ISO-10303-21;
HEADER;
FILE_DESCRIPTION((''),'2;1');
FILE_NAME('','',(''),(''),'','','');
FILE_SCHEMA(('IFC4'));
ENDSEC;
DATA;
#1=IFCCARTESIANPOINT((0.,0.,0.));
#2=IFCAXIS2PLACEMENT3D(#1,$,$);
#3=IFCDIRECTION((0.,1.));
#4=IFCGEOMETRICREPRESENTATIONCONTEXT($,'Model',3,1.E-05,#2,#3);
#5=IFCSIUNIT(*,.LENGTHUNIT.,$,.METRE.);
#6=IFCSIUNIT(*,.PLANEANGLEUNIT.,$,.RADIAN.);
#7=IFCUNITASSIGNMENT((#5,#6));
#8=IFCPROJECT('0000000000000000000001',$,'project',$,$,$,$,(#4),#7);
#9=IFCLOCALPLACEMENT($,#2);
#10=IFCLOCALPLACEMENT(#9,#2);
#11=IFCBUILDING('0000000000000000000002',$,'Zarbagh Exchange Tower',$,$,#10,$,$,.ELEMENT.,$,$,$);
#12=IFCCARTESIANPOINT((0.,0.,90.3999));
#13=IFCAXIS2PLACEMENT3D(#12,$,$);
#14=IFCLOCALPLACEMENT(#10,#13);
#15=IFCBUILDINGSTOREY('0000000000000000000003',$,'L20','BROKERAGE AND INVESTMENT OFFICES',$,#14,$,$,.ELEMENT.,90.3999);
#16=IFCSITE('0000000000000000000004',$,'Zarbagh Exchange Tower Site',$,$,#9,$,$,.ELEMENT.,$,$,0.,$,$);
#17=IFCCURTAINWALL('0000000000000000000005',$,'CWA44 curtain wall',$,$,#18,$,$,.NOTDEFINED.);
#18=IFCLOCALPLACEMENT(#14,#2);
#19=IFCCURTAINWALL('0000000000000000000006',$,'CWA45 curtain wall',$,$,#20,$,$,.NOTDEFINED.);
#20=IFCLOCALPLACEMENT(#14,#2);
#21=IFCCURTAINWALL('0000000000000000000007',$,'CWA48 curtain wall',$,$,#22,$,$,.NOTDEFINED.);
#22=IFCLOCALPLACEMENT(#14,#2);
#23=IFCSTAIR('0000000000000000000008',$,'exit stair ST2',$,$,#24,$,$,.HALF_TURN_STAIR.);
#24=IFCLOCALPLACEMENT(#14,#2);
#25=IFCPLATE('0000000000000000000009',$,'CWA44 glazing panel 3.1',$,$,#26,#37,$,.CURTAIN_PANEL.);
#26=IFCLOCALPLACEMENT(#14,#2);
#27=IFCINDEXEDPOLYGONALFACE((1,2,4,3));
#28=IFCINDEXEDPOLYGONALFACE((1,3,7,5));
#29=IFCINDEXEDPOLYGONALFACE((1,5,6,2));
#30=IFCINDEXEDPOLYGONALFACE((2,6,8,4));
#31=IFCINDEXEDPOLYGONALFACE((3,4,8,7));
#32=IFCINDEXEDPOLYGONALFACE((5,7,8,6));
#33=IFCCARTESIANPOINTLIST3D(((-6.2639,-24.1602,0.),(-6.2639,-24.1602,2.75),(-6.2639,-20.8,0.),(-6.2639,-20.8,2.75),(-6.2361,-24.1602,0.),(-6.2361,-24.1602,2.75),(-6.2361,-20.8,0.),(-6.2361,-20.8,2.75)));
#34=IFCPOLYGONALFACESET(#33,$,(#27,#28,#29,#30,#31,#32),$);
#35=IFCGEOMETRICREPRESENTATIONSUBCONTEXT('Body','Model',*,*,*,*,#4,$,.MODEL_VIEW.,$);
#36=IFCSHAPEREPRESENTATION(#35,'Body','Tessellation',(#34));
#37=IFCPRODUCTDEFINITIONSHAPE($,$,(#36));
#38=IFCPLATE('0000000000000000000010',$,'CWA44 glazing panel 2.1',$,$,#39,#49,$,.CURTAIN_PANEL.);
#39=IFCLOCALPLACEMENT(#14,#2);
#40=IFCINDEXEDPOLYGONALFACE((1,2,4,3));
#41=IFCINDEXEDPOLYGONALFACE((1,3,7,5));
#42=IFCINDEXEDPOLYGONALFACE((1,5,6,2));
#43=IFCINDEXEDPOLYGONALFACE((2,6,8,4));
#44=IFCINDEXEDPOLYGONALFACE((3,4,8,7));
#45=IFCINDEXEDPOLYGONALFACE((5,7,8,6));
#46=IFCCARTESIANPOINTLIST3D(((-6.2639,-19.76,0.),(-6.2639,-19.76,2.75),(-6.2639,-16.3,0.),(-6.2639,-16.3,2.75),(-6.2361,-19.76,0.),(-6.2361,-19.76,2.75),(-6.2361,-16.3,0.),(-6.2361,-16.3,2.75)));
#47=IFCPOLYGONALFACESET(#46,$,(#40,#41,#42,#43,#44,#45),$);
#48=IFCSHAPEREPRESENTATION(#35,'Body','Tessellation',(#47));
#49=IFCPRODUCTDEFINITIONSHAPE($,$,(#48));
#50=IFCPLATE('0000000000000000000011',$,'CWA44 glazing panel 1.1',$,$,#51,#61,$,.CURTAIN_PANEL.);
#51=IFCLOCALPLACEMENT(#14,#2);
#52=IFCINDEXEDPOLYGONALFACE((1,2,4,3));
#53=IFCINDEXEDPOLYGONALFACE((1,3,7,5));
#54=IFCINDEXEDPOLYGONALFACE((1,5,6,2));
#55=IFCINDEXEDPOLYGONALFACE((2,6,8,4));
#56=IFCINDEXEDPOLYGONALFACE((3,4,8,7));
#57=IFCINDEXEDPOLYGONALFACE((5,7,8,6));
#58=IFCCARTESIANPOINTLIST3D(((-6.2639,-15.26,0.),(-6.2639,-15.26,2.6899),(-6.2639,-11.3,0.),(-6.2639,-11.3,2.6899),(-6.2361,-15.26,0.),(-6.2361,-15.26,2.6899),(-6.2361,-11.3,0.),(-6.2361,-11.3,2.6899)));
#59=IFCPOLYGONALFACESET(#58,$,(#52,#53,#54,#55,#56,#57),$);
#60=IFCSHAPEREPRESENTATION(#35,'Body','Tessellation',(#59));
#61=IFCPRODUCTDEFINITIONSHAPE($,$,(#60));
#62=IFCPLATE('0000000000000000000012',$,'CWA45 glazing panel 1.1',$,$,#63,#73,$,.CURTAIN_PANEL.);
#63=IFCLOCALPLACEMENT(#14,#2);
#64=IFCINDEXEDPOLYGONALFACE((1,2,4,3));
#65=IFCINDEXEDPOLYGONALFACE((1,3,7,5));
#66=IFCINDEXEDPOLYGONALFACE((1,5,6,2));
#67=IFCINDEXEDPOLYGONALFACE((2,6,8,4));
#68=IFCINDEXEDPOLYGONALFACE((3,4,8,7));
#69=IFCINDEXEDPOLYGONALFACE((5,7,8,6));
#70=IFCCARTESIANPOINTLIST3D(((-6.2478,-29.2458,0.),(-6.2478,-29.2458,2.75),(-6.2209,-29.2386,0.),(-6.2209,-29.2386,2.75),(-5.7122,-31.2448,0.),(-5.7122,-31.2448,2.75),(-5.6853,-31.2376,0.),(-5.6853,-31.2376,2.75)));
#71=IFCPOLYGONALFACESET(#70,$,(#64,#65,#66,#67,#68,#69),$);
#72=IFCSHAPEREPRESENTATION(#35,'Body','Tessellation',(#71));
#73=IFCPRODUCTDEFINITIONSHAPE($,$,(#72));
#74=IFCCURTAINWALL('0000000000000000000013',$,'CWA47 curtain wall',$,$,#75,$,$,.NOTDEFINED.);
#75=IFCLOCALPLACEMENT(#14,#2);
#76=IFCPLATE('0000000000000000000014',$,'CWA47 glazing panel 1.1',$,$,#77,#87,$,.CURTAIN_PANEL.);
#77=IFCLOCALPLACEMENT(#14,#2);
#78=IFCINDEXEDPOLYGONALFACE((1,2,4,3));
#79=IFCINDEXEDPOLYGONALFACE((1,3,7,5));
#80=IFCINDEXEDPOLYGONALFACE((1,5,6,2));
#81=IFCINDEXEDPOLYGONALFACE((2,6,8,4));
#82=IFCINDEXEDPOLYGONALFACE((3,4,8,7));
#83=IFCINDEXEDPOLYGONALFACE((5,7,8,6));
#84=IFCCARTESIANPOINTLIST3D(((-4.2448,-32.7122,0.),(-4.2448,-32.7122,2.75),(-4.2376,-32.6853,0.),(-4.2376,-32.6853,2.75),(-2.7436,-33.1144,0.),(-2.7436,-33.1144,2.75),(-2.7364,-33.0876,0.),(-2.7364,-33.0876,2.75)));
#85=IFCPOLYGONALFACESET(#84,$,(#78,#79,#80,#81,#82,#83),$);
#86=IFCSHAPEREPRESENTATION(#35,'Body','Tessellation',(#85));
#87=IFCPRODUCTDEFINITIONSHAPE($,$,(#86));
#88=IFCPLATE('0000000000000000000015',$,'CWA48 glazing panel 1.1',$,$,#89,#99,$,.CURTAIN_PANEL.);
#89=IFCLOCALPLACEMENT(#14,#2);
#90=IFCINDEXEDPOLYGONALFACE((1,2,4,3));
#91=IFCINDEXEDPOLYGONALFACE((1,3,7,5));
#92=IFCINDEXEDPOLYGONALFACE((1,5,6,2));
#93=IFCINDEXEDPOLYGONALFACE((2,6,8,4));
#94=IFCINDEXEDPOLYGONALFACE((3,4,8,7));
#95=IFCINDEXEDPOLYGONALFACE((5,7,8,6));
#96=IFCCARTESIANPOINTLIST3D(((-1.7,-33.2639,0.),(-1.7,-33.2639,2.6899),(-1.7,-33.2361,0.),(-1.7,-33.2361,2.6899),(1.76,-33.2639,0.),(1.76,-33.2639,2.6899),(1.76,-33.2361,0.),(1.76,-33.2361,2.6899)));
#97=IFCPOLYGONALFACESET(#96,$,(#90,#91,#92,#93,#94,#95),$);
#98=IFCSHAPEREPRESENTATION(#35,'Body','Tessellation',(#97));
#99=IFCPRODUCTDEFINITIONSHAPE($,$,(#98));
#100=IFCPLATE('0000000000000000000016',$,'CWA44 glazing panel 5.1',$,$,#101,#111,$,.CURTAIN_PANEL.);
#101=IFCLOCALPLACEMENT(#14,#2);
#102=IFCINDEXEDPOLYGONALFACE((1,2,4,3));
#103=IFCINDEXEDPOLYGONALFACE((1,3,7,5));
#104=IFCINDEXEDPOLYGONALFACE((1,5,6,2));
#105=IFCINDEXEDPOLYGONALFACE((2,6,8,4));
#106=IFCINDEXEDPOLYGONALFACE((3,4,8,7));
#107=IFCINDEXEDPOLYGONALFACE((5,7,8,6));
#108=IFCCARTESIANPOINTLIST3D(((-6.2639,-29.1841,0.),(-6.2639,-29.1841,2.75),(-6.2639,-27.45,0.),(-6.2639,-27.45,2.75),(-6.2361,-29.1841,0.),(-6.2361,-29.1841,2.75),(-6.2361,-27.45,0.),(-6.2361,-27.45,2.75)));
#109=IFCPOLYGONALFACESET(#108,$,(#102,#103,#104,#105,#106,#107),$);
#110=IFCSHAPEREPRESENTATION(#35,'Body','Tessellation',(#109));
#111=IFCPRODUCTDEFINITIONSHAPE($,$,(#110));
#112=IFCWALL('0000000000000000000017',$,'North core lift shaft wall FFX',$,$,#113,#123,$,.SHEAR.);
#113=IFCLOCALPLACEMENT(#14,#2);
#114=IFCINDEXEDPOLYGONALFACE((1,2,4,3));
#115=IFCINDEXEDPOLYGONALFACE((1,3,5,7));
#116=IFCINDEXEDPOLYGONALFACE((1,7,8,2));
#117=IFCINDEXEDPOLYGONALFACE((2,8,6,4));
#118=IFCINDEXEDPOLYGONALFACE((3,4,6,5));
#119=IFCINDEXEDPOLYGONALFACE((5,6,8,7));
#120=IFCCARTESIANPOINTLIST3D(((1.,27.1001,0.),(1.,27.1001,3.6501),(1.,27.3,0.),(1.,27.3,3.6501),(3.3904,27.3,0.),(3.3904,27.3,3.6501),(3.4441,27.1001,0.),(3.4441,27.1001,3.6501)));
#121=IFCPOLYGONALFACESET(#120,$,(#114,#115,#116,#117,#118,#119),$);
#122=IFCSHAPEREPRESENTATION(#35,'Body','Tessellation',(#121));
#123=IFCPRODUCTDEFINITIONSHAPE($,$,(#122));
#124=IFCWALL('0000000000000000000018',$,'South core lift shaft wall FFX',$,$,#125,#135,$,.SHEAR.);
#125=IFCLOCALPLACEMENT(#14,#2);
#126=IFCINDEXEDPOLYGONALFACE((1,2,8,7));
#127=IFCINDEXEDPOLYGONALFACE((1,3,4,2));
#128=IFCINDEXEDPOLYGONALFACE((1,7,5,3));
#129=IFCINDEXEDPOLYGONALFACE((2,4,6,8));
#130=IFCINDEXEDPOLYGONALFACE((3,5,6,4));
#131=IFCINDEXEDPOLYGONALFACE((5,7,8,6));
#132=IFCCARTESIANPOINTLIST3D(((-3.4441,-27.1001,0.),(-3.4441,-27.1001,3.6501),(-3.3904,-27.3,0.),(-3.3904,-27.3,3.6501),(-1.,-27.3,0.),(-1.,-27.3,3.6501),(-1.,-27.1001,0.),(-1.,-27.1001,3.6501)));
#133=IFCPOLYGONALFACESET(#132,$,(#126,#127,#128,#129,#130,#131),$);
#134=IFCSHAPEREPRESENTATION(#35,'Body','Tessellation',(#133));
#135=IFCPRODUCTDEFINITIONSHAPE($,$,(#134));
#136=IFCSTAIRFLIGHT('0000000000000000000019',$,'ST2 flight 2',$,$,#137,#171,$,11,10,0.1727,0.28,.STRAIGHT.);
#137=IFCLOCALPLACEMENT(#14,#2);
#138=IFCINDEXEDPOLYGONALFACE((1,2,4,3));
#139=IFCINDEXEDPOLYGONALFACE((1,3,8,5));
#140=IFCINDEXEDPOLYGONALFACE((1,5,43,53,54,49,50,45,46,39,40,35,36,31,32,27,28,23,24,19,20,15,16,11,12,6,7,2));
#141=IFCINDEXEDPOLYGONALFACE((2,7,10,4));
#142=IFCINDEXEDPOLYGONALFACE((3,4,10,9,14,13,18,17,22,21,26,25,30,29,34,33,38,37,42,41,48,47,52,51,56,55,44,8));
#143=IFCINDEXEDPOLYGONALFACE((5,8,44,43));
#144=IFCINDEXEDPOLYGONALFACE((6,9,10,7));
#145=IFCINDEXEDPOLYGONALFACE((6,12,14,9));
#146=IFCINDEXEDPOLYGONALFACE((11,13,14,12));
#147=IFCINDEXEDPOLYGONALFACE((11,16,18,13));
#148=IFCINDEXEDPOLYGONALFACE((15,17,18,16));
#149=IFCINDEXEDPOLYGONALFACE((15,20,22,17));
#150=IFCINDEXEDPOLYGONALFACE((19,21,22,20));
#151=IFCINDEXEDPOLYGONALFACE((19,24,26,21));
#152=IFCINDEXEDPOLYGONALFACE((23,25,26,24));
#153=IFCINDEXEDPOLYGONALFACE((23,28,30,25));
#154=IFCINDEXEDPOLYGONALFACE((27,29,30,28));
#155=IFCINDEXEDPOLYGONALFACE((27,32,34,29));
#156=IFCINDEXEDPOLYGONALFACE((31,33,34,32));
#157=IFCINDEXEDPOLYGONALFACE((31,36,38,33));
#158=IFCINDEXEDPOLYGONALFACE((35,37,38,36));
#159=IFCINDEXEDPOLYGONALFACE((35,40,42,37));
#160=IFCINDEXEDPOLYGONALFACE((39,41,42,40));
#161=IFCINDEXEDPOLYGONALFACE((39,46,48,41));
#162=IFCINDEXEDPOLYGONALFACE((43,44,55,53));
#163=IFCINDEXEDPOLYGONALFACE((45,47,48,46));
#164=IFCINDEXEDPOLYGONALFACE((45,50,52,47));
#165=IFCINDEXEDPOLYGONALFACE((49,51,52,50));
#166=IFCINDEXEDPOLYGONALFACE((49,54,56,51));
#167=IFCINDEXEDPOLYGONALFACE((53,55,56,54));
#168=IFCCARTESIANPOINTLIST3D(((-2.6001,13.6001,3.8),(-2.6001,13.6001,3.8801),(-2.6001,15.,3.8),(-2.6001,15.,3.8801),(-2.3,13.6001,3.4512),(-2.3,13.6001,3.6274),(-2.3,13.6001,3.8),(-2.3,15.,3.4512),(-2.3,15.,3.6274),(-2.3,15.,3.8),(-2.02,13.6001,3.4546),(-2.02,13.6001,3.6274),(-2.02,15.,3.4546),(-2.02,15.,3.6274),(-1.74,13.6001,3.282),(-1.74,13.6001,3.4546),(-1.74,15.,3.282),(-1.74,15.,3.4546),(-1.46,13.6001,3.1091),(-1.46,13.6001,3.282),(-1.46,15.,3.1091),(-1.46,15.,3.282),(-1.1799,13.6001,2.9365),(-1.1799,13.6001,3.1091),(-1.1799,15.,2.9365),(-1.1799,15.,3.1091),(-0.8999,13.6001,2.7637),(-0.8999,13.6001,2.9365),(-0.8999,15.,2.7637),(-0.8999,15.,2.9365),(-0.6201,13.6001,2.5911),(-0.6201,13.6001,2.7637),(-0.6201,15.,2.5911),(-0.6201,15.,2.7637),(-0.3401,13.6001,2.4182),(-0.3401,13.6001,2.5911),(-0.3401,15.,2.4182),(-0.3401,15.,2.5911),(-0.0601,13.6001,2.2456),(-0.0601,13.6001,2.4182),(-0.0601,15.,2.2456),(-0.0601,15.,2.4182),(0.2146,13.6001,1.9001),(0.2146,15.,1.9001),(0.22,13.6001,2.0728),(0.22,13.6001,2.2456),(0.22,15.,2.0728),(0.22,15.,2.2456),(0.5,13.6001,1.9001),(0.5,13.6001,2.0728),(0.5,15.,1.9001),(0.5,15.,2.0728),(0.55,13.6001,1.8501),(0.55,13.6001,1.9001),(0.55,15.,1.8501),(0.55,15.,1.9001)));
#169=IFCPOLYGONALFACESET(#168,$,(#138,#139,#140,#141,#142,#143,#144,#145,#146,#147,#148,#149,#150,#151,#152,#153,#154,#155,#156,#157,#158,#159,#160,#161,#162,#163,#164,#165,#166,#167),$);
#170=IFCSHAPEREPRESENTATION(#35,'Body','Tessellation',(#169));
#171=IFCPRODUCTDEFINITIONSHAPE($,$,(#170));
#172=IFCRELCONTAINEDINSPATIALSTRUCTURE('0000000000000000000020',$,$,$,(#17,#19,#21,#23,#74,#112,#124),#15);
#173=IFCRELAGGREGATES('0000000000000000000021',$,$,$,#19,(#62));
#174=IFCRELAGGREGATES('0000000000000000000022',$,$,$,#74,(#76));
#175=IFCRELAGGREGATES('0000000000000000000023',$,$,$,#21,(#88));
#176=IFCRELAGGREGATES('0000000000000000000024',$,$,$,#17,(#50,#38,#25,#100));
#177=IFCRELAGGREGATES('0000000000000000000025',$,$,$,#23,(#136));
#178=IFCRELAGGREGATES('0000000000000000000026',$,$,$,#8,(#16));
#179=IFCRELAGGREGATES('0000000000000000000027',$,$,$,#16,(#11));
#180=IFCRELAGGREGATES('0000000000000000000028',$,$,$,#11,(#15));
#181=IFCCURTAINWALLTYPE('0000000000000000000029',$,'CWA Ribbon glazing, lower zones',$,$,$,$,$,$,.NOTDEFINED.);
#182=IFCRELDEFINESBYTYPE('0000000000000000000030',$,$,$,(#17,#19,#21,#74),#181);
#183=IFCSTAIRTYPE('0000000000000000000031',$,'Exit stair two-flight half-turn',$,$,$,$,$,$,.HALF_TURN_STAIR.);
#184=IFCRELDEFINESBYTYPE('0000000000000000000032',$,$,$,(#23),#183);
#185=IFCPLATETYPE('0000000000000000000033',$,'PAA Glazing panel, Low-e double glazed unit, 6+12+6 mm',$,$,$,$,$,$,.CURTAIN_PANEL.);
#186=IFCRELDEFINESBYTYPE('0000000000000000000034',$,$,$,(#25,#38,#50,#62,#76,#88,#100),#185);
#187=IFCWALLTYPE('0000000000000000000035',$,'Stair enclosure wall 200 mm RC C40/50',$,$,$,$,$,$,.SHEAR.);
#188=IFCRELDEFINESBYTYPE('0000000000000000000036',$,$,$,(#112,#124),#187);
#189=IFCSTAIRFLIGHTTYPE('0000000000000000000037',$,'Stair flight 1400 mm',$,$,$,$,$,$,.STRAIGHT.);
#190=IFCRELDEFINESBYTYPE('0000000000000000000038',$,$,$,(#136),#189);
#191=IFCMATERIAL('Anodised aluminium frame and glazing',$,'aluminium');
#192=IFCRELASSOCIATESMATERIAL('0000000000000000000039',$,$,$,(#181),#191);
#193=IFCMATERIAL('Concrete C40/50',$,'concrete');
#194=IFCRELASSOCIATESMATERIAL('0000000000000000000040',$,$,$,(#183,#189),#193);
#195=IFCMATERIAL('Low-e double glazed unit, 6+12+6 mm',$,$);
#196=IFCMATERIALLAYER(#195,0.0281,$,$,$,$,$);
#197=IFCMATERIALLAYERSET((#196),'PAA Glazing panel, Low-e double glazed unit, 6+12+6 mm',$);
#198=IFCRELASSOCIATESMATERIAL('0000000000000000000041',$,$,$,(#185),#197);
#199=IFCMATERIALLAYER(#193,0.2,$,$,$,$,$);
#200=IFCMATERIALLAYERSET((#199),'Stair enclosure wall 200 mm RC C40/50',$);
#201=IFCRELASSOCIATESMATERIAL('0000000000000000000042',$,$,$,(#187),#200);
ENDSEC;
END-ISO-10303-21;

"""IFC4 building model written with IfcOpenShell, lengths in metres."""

from ifc_helpers import new_model, si_unit, direction, frame, origin, place, context, subcontext, project, spatial, polyline, outline, extrude, source, transform, mapped, material, layer, layer_set, type_object, element, aggregate, save


model = new_model("IFC4")

# Units and contexts
model_context = context("Model", 3, precision=1e-05, world=origin(), true_north=direction((0.0, 1.0)))
body_context = subcontext(model_context, "Body", "Model", "MODEL_VIEW")
ifc_project = project(units=[si_unit("LENGTHUNIT", "METRE"), si_unit("PLANEANGLEUNIT", "RADIAN")], contexts=[model_context])

# Site, building, storey
site_placement = place(None, origin())
site = spatial("IfcSite", under=ifc_project, at=site_placement, Name="Zarbagh Exchange Tower Site", CompositionType="ELEMENT", RefElevation=0.0)
building_placement = place(site_placement, origin())
building = spatial("IfcBuilding", under=site, at=building_placement, Name="Zarbagh Exchange Tower", CompositionType="ELEMENT")
storey_placement = place(building_placement, frame((0.0, 0.0, 90.3999)))
storey = spatial("IfcBuildingStorey", under=building, at=storey_placement, Name="L20", Description="BROKERAGE AND INVESTMENT OFFICES", CompositionType="ELEMENT", Elevation=90.3999)

# Curtain wall
ifc_material_1 = material(Name="Anodised aluminium frame and glazing", Category="aluminium")
curtain_wall_type = type_object("IfcCurtainWallType", Name="CWA Ribbon glazing, lower zones", PredefinedType="NOTDEFINED", material=ifc_material_1)
curtain_wall_1_placement = place(storey_placement, origin())
curtain_wall_1 = element("IfcCurtainWall", 1, at=curtain_wall_1_placement, inside=storey, type_object=curtain_wall_type, Name="CWA44 curtain wall", PredefinedType="NOTDEFINED")
placement = place(storey_placement, origin())

# Curtain walls
curtain_wall_2_placement = place(storey_placement, origin())
curtain_wall_2 = element("IfcCurtainWall", 2, at=curtain_wall_2_placement, inside=storey, type_object=curtain_wall_type, Name="CWA45 curtain wall", PredefinedType="NOTDEFINED")
curtain_wall_3_placement = place(storey_placement, origin())
curtain_wall_3 = element("IfcCurtainWall", 3, at=curtain_wall_3_placement, inside=storey, type_object=curtain_wall_type, Name="CWA48 curtain wall", PredefinedType="NOTDEFINED")

# Stair
ifc_material_2 = material(Name="Concrete C40/50", Category="concrete")
stair_type = type_object("IfcStairType", Name="Exit stair two-flight half-turn", PredefinedType="HALF_TURN_STAIR", material=ifc_material_2)
stair_1_placement = place(storey_placement, origin())
stair_1 = element("IfcStair", 4, at=stair_1_placement, inside=storey, type_object=stair_type, Name="exit stair ST2", PredefinedType="HALF_TURN_STAIR")

# Shared definitions
ifc_material_3 = material(Name="Low-e double glazed unit, 6+12+6 mm")
ifc_layer_1 = layer(ifc_material_3, 0.0281)
ifc_layer_set_1 = layer_set([ifc_layer_1], Name="PAA Glazing panel, Low-e double glazed unit, 6+12+6 mm")
plate_type = type_object("IfcPlateType", Name="PAA Glazing panel, Low-e double glazed unit, 6+12+6 mm", PredefinedType="CURTAIN_PANEL", material=ifc_layer_set_1)

# Plates
shared_shape_1 = source(origin(), body_context, "Body", "SweptSolid", [
    extrude(outline(polyline([(0.0, -0.0139), (3.3601, -0.0139), (3.3601, 0.0139), (0.0, 0.0139), (0.0, -0.0139)])), origin(), (0.0, 0.0, 1.0), 2.75),
])
plate_1 = element("IfcPlate", 5, at=placement, type_object=plate_type, Name="CWA44 glazing panel 3.1", PredefinedType="CURTAIN_PANEL", context=body_context, shape_type="MappedRepresentation", body=[
    mapped(shared_shape_1, transform((-6.25, -20.8, 0.0), x_axis=(0.0, -1.0, 0.0), y_axis=(1.0, 0.0, 0.0), z_axis=(0.0, 0.0, 1.0))),
])
shared_shape_2 = source(origin(), body_context, "Body", "SweptSolid", [
    extrude(outline(polyline([(0.0, -0.0139), (3.46, -0.0139), (3.46, 0.0139), (0.0, 0.0139), (0.0, -0.0139)])), origin(), (0.0, 0.0, 1.0), 2.75),
])
plate_2 = element("IfcPlate", 6, at=placement, type_object=plate_type, Name="CWA44 glazing panel 2.1", PredefinedType="CURTAIN_PANEL", context=body_context, shape_type="MappedRepresentation", body=[
    mapped(shared_shape_2, transform((-6.25, -16.3, 0.0), x_axis=(0.0, -1.0, 0.0), y_axis=(1.0, 0.0, 0.0), z_axis=(0.0, 0.0, 1.0))),
])
shared_shape_3 = source(origin(), body_context, "Body", "SweptSolid", [
    extrude(outline(polyline([(0.0, -0.0139), (3.96, -0.0139), (3.96, 0.0139), (0.0, 0.0139), (0.0, -0.0139)])), origin(), (0.0, 0.0, 1.0), 2.6899),
])
plate_3 = element("IfcPlate", 7, at=placement, type_object=plate_type, Name="CWA44 glazing panel 1.1", PredefinedType="CURTAIN_PANEL", context=body_context, shape_type="MappedRepresentation", body=[
    mapped(shared_shape_3, transform((-6.25, -11.3, 0.0), x_axis=(0.0, -1.0, 0.0), y_axis=(1.0, 0.0, 0.0), z_axis=(0.0, 0.0, 1.0))),
])
shared_shape_4 = source(origin(), body_context, "Body", "SweptSolid", [
    extrude(outline(polyline([(0.0, -0.0139), (2.0696, -0.0139), (2.0696, 0.0139), (0.0, 0.0139), (0.0, -0.0139)])), origin(), (0.0, 0.0, 1.0), 2.75),
])
plate_4 = element("IfcPlate", 8, at=placement, type_object=plate_type, Name="CWA45 glazing panel 1.1", PredefinedType="CURTAIN_PANEL", context=body_context, shape_type="MappedRepresentation", body=[
    mapped(shared_shape_4, transform((-6.2344, -29.2422, 0.0), x_axis=(0.258825, -0.965924, 0.0), y_axis=(0.965924, 0.258825, 0.0), z_axis=(0.0, 0.0, 1.0))),
])
aggregate(curtain_wall_2, [plate_4])

# Curtain wall, plate
curtain_wall_4_placement = place(storey_placement, origin())
curtain_wall_4 = element("IfcCurtainWall", 9, at=curtain_wall_4_placement, inside=storey, type_object=curtain_wall_type, Name="CWA47 curtain wall", PredefinedType="NOTDEFINED")
shared_shape_5 = source(origin(), body_context, "Body", "SweptSolid", [
    extrude(outline(polyline([(0.0, -0.0139), (1.5542, -0.0139), (1.5542, 0.0139), (0.0, 0.0139), (0.0, -0.0139)])), origin(), (0.0, 0.0, 1.0), 2.75),
])
plate_5 = element("IfcPlate", 10, at=placement, type_object=plate_type, Name="CWA47 glazing panel 1.1", PredefinedType="CURTAIN_PANEL", context=body_context, shape_type="MappedRepresentation", body=[
    mapped(shared_shape_5, transform((-4.2412, -32.6987, 0.0), x_axis=(0.965924, -0.258825, 0.0), y_axis=(0.258825, 0.965924, 0.0), z_axis=(0.0, 0.0, 1.0))),
])
aggregate(curtain_wall_4, [plate_5])

# Plates
shared_shape_6 = source(origin(), body_context, "Body", "SweptSolid", [
    extrude(outline(polyline([(0.0, -0.0139), (3.46, -0.0139), (3.46, 0.0139), (0.0, 0.0139), (0.0, -0.0139)])), origin(), (0.0, 0.0, 1.0), 2.6899),
])
plate_6 = element("IfcPlate", 11, at=placement, type_object=plate_type, Name="CWA48 glazing panel 1.1", PredefinedType="CURTAIN_PANEL", context=body_context, shape_type="MappedRepresentation", body=[
    mapped(shared_shape_6, transform((-1.7, -33.25, 0.0), x_axis=(1.0, 0.0, 0.0), y_axis=(0.0, 1.0, 0.0), z_axis=(0.0, 0.0, 1.0))),
])
aggregate(curtain_wall_3, [plate_6])
shared_shape_7 = source(origin(), body_context, "Body", "SweptSolid", [
    extrude(outline(polyline([(0.0, -0.0139), (1.7341, -0.0139), (1.7341, 0.0139), (0.0, 0.0139), (0.0, -0.0139)])), origin(), (0.0, 0.0, 1.0), 2.75),
])
plate_7 = element("IfcPlate", 12, at=placement, type_object=plate_type, Name="CWA44 glazing panel 5.1", PredefinedType="CURTAIN_PANEL", context=body_context, shape_type="MappedRepresentation", body=[
    mapped(shared_shape_7, transform((-6.25, -27.45, 0.0), x_axis=(0.0, -1.0, 0.0), y_axis=(1.0, 0.0, 0.0), z_axis=(0.0, 0.0, 1.0))),
])
aggregate(curtain_wall_1, [plate_3, plate_2, plate_1, plate_7])

# Walls
ifc_layer_2 = layer(ifc_material_2, 0.2)
ifc_layer_set_2 = layer_set([ifc_layer_2], Name="Stair enclosure wall 200 mm RC C40/50")
wall_type = type_object("IfcWallType", Name="Stair enclosure wall 200 mm RC C40/50", PredefinedType="SHEAR", material=ifc_layer_set_2)
wall_1_placement = place(storey_placement, origin())
element("IfcWall", 13, at=wall_1_placement, inside=storey, type_object=wall_type, Name="North core lift shaft wall FFX", PredefinedType="SHEAR", context=body_context, shape_type="SweptSolid", body=[
    extrude(outline(polyline([(1.0, 27.1001), (3.4441, 27.1001), (3.3904, 27.3), (1.0, 27.3), (1.0, 27.1001)])), origin(), (0.0, 0.0, 1.0), 3.6501),
])
wall_2_placement = place(storey_placement, origin())
element("IfcWall", 14, at=wall_2_placement, inside=storey, type_object=wall_type, Name="South core lift shaft wall FFX", PredefinedType="SHEAR", context=body_context, shape_type="SweptSolid", body=[
    extrude(outline(polyline([(-1.0, -27.1001), (-3.4441, -27.1001), (-3.3904, -27.3), (-1.0, -27.3), (-1.0, -27.1001)])), origin(), (0.0, 0.0, 1.0), 3.6501),
])

# Stair flight
stair_flight_type = type_object("IfcStairFlightType", Name="Stair flight 1400 mm", PredefinedType="STRAIGHT", material=ifc_material_2)
stair_flight_placement = place(storey_placement, frame((0.5, 14.3, 1.9001), z_axis=(0.0, 0.0, 1.0), x_axis=(-1.0, 0.0, 0.0)))
stair_flight = element("IfcStairFlight", 15, at=stair_flight_placement, type_object=stair_flight_type, Name="ST2 flight 2", NumberOfRisers=11, NumberOfTreads=10, PredefinedType="STRAIGHT", RiserHeight=0.1727, TreadLength=0.28, context=body_context, shape_type="SweptSolid", body=[
    extrude(outline(polyline([(-0.05, -0.05), (-0.05, 0.0), (0.0, 0.0), (0.0, 0.1726), (0.28, 0.1726), (0.28, 0.3455), (0.5601, 0.3455), (0.5601, 0.5181), (0.8401, 0.5181), (0.8401, 0.6909), (1.1201, 0.6909), (1.1201, 0.8635), (1.3999, 0.8635), (1.3999, 1.0364), (1.6799, 1.0364), (1.6799, 1.209), (1.96, 1.209), (1.96, 1.3818), (2.24, 1.3818), (2.24, 1.5544), (2.52, 1.5544), (2.52, 1.7273), (2.8, 1.7273), (2.8, 1.8999), (3.1001, 1.98), (3.1001, 1.8999), (2.8, 1.551), (0.2854, 0.0), (-0.05, -0.05)])), frame((0.0, 0.7, 0.0), z_axis=(0.0, -1.0, 0.0), x_axis=(1.0, 0.0, 0.0)), (0.0, 0.0, 1.0), 1.3999),
])
aggregate(stair_1, [stair_flight])

save(model, "model.ifc")
